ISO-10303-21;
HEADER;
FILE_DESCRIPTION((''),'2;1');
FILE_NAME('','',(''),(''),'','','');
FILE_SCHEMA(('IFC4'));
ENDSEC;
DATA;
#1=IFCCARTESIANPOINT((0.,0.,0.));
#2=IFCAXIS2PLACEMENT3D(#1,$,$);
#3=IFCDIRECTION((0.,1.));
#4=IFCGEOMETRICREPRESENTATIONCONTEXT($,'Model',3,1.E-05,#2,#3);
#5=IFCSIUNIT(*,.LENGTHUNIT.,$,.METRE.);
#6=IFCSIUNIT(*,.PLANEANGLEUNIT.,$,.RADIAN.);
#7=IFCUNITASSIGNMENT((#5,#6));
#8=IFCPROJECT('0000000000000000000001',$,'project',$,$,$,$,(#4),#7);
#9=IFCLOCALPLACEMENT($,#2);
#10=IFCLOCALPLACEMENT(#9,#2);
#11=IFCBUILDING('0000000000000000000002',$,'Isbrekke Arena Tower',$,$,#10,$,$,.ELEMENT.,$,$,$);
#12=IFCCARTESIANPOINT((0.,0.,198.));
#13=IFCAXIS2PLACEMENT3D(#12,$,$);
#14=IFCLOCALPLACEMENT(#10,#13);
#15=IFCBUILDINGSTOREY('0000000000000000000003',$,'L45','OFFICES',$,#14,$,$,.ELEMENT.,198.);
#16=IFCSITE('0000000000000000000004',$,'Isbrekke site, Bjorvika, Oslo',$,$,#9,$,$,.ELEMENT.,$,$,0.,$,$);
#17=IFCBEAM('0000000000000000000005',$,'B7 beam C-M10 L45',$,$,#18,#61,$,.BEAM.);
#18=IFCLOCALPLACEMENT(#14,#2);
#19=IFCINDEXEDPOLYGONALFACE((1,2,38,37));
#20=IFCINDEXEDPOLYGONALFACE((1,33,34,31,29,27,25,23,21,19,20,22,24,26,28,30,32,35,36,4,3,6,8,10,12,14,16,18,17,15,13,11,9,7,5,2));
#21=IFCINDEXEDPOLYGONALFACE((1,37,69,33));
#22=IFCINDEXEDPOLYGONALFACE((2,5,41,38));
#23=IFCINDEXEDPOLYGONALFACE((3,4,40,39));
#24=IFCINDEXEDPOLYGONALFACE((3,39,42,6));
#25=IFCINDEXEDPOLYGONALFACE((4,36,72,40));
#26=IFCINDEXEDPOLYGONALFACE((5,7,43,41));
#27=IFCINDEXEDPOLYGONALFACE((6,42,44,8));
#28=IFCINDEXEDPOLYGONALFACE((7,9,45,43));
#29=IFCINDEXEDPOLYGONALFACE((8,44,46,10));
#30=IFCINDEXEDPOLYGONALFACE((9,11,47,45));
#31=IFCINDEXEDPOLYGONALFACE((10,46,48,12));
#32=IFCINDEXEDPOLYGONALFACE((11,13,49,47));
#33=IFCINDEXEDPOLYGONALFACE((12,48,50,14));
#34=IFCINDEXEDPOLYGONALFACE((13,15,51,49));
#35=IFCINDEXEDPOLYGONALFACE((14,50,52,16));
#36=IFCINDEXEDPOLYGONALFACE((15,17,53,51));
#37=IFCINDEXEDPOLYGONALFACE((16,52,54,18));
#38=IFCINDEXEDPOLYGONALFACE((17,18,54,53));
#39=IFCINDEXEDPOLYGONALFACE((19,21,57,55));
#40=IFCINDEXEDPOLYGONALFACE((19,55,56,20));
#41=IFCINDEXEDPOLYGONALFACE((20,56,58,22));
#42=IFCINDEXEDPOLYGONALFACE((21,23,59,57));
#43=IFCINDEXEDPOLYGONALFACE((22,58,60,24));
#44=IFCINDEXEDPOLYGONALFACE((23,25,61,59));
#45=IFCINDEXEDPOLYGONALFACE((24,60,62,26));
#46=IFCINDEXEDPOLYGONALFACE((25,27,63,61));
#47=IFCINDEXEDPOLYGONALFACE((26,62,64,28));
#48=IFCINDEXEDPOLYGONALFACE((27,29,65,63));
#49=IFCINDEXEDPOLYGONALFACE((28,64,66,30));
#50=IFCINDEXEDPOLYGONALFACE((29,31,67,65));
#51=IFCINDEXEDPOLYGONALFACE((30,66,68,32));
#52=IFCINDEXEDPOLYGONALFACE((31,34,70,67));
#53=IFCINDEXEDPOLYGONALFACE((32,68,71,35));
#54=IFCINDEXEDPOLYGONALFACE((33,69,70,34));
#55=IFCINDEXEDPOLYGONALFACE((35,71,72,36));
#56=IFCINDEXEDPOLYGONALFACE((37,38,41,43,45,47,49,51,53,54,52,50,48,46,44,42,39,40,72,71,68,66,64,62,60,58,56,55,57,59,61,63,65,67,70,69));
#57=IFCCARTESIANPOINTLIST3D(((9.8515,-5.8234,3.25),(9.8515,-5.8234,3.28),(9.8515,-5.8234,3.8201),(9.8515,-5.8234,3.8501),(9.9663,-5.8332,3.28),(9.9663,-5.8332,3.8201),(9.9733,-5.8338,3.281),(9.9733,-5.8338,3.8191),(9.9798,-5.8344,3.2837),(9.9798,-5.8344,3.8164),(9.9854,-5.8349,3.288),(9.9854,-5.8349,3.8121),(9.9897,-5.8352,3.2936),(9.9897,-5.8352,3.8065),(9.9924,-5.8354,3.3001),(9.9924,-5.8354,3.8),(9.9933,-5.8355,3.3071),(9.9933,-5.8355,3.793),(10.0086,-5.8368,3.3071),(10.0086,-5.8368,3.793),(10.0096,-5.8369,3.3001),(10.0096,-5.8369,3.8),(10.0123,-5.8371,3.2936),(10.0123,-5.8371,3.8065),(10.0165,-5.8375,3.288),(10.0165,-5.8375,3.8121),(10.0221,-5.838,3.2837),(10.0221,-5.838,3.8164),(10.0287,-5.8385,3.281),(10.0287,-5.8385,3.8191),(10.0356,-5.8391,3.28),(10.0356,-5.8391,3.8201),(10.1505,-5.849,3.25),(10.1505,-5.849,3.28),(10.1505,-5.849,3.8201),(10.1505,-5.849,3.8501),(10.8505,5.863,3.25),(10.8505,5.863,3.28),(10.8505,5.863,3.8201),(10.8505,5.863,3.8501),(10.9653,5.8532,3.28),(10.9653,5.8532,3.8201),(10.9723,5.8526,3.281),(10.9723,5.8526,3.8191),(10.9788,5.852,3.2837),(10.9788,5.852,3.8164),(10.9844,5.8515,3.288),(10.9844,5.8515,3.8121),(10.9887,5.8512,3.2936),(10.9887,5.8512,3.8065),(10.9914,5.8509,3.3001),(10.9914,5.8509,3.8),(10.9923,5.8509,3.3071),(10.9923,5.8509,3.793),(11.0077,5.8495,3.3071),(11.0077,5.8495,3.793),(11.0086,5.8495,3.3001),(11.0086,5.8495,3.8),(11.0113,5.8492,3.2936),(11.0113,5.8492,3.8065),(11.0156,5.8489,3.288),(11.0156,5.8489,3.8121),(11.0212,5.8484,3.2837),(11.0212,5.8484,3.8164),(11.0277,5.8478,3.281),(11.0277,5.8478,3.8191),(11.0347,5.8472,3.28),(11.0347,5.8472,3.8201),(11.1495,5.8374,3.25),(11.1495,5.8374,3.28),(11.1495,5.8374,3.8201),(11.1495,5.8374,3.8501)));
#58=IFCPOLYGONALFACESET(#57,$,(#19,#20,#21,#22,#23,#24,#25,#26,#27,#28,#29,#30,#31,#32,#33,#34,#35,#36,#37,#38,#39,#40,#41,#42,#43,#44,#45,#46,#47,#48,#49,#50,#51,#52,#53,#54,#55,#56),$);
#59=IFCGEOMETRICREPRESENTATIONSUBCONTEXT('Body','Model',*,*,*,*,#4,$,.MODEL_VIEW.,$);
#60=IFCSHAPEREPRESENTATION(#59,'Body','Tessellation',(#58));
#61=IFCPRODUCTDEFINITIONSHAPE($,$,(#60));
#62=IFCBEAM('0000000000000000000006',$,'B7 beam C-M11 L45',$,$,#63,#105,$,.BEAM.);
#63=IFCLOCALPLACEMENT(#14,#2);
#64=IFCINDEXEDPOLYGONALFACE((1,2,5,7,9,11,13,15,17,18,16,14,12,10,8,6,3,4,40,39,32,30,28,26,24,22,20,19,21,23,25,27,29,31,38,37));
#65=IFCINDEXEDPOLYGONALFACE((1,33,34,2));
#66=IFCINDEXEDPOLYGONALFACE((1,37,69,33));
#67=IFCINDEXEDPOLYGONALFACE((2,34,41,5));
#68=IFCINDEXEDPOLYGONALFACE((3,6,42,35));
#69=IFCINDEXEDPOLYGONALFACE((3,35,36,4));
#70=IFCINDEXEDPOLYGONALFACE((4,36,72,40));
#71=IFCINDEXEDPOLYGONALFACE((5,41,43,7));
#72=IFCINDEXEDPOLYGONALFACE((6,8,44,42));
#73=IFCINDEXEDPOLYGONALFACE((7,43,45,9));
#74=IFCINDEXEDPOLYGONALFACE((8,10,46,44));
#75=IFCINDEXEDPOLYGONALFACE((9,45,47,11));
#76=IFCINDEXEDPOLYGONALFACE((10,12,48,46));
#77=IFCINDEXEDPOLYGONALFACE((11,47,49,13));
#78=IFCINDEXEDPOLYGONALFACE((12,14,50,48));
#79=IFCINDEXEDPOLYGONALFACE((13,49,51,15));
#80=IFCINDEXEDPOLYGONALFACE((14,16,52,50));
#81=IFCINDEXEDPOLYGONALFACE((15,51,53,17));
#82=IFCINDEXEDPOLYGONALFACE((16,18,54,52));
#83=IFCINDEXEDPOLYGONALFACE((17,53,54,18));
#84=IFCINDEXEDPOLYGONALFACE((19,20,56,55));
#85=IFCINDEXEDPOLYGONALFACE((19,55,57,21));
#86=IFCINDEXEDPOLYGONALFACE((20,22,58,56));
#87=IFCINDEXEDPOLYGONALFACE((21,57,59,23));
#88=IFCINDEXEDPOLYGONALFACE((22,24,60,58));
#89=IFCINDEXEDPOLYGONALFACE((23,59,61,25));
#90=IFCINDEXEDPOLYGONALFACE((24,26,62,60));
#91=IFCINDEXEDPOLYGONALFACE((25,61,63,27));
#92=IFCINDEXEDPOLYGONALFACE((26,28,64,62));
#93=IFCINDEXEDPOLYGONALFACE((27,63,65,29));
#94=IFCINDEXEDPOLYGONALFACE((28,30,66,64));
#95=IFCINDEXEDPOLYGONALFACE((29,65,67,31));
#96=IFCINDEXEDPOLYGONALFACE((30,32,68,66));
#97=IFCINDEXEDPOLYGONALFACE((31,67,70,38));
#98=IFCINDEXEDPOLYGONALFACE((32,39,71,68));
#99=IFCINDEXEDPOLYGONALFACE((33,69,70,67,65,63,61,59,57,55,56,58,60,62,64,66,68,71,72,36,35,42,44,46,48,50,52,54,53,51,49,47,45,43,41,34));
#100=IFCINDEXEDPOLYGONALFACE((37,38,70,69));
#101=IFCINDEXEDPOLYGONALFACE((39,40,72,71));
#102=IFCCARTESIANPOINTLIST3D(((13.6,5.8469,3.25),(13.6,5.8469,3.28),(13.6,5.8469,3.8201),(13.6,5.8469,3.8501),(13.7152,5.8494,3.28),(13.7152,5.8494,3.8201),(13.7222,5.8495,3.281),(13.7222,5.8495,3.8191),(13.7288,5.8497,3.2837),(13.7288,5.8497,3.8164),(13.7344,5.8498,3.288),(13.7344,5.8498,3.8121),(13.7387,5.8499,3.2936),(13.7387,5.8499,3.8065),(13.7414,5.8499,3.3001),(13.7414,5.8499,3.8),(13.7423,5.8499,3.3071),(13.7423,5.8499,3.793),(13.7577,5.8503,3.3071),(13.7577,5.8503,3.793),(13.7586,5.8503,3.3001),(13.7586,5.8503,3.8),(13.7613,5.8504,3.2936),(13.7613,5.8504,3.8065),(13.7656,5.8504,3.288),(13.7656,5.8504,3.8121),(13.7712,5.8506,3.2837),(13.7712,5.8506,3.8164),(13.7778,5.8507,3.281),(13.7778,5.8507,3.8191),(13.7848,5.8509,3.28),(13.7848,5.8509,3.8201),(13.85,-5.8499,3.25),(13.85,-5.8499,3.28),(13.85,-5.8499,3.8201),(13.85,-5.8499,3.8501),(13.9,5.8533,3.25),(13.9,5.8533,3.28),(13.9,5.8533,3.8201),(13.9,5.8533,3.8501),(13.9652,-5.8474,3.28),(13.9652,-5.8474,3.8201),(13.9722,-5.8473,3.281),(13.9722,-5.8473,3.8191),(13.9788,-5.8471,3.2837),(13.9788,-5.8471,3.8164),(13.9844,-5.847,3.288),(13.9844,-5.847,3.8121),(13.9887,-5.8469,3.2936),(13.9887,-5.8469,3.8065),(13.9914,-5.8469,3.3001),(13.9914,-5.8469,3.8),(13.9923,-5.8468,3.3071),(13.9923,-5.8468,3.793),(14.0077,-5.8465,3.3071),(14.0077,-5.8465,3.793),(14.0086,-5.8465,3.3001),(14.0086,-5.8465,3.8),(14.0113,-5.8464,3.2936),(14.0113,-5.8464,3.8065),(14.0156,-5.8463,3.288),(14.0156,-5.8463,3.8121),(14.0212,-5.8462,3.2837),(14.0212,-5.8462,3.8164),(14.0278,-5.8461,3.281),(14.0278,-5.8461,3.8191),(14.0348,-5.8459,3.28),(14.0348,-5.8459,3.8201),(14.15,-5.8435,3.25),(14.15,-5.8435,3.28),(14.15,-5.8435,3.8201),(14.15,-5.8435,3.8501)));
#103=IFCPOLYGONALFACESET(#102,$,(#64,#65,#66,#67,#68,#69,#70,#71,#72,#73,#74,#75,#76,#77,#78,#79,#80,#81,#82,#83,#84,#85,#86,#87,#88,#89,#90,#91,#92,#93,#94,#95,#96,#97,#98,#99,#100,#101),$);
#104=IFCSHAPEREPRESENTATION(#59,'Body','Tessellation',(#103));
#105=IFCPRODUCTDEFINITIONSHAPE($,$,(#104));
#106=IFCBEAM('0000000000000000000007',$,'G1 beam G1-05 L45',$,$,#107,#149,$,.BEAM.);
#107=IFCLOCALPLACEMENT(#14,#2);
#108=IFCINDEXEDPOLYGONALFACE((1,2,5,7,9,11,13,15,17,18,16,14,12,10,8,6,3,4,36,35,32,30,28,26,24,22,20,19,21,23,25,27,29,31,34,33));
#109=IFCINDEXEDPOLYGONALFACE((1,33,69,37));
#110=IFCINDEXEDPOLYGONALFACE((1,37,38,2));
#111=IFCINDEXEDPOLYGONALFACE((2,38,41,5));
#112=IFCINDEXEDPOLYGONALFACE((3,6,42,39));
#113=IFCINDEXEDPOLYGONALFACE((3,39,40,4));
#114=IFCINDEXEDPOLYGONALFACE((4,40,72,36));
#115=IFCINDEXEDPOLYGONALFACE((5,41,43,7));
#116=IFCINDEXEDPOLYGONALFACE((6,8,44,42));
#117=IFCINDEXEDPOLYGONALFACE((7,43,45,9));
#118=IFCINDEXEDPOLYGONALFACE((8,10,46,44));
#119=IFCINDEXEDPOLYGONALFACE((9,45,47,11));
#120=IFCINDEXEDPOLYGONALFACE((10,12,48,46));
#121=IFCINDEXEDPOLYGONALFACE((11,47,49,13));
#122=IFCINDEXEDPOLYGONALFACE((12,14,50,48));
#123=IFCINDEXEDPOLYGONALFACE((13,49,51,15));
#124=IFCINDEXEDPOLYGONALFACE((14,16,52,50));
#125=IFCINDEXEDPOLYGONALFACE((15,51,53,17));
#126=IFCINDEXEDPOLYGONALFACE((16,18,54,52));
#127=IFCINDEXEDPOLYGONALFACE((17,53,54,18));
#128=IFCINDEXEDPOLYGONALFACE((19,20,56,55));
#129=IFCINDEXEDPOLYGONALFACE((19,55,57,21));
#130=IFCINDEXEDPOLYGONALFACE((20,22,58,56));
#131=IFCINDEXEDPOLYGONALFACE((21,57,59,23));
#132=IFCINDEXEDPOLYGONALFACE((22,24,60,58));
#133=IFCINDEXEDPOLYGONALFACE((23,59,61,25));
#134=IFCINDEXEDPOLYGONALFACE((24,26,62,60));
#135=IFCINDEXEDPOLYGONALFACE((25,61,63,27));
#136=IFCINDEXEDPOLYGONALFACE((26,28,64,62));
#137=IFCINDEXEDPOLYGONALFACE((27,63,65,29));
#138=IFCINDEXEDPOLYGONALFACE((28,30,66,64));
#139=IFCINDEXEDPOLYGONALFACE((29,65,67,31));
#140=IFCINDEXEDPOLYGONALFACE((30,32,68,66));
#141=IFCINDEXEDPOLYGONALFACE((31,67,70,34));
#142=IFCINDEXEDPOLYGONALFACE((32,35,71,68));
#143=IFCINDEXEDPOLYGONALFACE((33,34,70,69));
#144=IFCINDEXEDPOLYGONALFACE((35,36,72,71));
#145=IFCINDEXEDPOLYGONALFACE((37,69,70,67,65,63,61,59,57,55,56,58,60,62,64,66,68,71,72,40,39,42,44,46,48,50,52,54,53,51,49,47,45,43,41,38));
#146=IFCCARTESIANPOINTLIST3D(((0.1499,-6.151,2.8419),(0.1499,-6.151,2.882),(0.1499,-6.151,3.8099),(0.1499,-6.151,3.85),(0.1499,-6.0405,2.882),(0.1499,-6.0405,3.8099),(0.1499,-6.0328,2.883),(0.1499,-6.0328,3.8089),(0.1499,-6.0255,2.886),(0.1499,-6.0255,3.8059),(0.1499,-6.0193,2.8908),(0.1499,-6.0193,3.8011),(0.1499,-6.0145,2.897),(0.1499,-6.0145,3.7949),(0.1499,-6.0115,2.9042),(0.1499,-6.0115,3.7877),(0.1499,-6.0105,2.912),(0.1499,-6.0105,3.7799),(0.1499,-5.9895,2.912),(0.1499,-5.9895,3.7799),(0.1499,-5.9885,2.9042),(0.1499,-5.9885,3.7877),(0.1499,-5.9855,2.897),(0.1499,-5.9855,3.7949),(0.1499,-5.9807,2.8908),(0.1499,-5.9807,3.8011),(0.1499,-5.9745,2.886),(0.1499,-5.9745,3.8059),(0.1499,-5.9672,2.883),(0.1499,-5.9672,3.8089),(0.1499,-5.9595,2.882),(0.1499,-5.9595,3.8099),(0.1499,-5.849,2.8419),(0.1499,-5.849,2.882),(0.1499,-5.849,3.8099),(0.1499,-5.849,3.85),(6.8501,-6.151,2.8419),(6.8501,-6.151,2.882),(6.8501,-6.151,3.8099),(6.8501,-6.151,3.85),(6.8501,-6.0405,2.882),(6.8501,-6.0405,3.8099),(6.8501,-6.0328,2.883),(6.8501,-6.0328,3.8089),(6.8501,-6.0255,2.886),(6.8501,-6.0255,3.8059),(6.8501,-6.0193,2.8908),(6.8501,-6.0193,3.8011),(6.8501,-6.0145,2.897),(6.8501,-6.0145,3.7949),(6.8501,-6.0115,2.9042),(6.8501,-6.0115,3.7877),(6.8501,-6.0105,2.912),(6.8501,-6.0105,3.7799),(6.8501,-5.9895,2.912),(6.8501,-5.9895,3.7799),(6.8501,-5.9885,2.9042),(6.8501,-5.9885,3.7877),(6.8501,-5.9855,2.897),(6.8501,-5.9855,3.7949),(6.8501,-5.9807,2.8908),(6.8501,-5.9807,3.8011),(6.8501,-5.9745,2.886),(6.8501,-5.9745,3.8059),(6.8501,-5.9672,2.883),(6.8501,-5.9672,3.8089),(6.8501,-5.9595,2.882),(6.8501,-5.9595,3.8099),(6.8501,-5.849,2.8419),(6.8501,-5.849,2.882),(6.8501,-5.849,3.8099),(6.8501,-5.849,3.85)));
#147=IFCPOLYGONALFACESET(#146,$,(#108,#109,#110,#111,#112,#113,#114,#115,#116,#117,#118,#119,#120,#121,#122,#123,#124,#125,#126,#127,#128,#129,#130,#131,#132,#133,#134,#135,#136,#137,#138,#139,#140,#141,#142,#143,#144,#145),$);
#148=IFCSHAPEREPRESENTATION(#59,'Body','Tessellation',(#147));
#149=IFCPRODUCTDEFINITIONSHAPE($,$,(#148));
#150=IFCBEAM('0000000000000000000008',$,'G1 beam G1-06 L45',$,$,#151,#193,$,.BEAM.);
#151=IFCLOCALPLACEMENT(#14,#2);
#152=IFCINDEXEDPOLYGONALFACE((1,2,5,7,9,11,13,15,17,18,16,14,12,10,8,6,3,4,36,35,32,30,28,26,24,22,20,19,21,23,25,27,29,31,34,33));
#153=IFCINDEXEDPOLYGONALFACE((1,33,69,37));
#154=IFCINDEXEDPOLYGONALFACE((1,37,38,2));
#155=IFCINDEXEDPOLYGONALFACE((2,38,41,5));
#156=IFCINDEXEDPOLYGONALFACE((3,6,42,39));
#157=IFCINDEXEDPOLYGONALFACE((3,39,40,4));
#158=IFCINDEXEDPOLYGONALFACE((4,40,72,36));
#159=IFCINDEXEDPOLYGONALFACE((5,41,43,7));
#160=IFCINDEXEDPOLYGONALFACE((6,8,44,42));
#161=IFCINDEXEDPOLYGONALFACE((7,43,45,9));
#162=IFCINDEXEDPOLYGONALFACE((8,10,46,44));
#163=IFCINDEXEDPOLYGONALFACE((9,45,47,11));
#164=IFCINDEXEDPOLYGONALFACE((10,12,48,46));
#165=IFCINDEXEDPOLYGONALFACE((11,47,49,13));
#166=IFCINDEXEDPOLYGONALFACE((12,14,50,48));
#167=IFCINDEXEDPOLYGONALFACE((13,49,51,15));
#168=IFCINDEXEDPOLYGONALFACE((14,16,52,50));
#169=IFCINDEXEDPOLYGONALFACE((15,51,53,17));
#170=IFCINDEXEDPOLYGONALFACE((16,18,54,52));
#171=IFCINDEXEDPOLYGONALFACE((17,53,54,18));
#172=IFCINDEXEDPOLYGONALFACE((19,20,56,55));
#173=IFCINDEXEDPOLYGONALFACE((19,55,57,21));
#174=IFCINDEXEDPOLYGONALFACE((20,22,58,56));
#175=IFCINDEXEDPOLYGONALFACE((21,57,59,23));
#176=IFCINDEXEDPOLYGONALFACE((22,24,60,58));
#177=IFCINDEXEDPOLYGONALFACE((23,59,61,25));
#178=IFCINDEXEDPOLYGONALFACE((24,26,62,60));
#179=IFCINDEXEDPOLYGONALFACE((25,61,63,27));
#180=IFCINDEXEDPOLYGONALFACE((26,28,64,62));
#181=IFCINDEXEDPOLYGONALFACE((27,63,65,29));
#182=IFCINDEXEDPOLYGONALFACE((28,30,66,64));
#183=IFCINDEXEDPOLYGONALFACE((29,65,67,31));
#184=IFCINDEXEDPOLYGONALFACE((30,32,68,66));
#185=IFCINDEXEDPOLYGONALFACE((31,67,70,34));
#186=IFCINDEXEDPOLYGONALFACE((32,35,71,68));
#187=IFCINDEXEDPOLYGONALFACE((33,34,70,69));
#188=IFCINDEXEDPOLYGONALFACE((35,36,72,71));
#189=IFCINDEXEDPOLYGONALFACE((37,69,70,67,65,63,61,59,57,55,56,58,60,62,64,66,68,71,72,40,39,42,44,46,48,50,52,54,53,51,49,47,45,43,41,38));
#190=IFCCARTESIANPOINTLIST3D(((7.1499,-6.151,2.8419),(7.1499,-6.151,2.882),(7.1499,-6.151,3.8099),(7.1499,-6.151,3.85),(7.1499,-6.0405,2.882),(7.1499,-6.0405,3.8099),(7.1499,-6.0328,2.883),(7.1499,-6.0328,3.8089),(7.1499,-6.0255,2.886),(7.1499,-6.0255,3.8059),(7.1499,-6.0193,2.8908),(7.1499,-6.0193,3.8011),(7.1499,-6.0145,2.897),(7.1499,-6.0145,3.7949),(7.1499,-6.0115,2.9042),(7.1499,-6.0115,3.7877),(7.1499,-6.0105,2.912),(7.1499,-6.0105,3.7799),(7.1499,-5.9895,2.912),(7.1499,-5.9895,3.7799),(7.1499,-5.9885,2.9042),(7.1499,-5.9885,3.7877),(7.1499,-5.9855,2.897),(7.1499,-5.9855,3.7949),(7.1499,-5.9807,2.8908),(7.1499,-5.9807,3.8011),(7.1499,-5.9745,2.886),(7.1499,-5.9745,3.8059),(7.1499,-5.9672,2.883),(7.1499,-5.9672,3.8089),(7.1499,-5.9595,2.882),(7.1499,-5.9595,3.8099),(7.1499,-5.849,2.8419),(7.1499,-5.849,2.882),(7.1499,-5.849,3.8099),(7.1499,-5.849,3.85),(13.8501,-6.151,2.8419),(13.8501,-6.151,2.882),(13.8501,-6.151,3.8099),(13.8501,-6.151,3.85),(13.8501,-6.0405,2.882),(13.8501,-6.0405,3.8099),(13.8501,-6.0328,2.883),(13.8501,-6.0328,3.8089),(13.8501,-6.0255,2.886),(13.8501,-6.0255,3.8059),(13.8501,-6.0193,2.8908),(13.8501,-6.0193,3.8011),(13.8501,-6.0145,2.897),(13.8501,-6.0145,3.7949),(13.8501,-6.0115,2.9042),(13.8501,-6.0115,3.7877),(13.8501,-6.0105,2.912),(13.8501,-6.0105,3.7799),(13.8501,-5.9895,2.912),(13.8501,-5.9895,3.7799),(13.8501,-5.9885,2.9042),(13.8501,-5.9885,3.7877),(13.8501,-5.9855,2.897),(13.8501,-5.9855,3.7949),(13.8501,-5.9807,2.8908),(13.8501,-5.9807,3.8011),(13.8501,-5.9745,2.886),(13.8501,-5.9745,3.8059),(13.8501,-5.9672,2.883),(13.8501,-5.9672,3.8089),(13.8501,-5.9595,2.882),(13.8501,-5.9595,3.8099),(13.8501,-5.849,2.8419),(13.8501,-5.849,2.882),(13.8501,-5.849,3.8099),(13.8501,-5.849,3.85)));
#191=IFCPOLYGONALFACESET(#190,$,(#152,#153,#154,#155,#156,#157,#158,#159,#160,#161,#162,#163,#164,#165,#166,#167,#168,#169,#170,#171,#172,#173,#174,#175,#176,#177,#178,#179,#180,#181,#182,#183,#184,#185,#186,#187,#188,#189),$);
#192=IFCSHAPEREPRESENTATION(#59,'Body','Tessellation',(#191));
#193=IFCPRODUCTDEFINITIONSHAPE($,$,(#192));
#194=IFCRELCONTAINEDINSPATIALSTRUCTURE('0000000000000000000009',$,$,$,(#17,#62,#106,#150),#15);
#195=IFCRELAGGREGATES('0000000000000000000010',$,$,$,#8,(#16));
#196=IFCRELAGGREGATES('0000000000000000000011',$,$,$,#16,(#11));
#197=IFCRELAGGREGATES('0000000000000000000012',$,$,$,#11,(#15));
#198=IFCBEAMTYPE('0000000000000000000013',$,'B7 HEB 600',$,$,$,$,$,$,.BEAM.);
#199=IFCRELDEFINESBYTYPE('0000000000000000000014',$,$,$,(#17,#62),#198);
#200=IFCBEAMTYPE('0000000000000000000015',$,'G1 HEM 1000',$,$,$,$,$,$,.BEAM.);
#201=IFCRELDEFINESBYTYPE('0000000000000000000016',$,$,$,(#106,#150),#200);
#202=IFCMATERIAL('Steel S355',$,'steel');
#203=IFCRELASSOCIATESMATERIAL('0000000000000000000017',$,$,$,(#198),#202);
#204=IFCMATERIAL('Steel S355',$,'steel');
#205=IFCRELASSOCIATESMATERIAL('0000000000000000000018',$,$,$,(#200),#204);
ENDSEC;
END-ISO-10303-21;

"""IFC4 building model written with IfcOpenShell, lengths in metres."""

from ifc_helpers import new_model, si_unit, direction, frame, origin, origin_2d, place, context, subcontext, project, spatial, i_section, extrude, material, material_profile, profile_set, type_object, element, save


model = new_model("IFC4")

# Units and contexts
model_context = context("Model", 3, precision=1e-05, world=origin(), true_north=direction((0.0, 1.0)))
body_context = subcontext(model_context, "Body", "Model", "MODEL_VIEW")
ifc_project = project(units=[si_unit("LENGTHUNIT", "METRE"), si_unit("PLANEANGLEUNIT", "RADIAN")], contexts=[model_context])

# Site, building, storey
site_placement = place(None, origin())
site = spatial("IfcSite", under=ifc_project, at=site_placement, Name="Isbrekke site, Bjorvika, Oslo", CompositionType="ELEMENT", RefElevation=0.0)
building_placement = place(site_placement, origin())
building = spatial("IfcBuilding", under=site, at=building_placement, Name="Isbrekke Arena Tower", CompositionType="ELEMENT")
storey_placement = place(building_placement, frame((0.0, 0.0, 198.0)))
storey = spatial("IfcBuildingStorey", under=building, at=storey_placement, Name="L45", Description="OFFICES", CompositionType="ELEMENT", Elevation=198.0)

# Beams
ifc_material_1 = material(Name="Steel S355", Category="steel")
ifc_material_profile_1 = material_profile(ifc_material_1, i_section(OverallWidth=0.3, OverallDepth=0.6001, WebThickness=0.0154, FlangeThickness=0.03, FilletRadius=0.0271, at=origin_2d()), Name="HEB 600")
ifc_profile_set_1 = profile_set([ifc_material_profile_1], Name="Steel S355")
beam_type_1 = type_object("IfcBeamType", Name="B7 HEB 600", PredefinedType="BEAM", material=ifc_profile_set_1)
beam_1_placement = place(storey_placement, frame((10.001, -5.8362, 3.55), z_axis=(0.085176, 0.996366, 0.0), x_axis=(-0.996366, 0.085176, 0.0)))
element("IfcBeam", 1, at=beam_1_placement, inside=storey, type_object=beam_type_1, Name="B7 beam C-M10 L45", PredefinedType="BEAM", context=body_context, shape_type="SweptSolid", body=[
    extrude(i_section(OverallWidth=0.3, OverallDepth=0.6001, WebThickness=0.0154, FlangeThickness=0.03, FilletRadius=0.0271, at=origin_2d()), origin(), (0.0, 0.0, 1.0), 11.729),
])
beam_2_placement = place(storey_placement, frame((14.0, -5.8467, 3.55), z_axis=(-0.021369, 0.999772, 0.0), x_axis=(-0.999772, -0.021369, 0.0)))
element("IfcBeam", 2, at=beam_2_placement, inside=storey, type_object=beam_type_1, Name="B7 beam C-M11 L45", PredefinedType="BEAM", context=body_context, shape_type="SweptSolid", body=[
    extrude(i_section(OverallWidth=0.3, OverallDepth=0.6001, WebThickness=0.0154, FlangeThickness=0.03, FilletRadius=0.0271, at=origin_2d()), origin(), (0.0, 0.0, 1.0), 11.6995),
])
ifc_material_2 = material(Name="Steel S355", Category="steel")
ifc_material_profile_2 = material_profile(ifc_material_2, i_section(OverallWidth=0.302, OverallDepth=1.0081, WebThickness=0.021, FlangeThickness=0.04, FilletRadius=0.03, at=origin_2d()), Name="HEM 1000")
ifc_profile_set_2 = profile_set([ifc_material_profile_2], Name="Steel S355")
beam_type_2 = type_object("IfcBeamType", Name="G1 HEM 1000", PredefinedType="BEAM", material=ifc_profile_set_2)
for number, where, z_axis, x_axis, name in (
    (3, (0.1499, -6.0, 3.3459), (1.0, 0.0, 0.0), (0.0, 1.0, 0.0), "G1 beam G1-05 L45"),
    (4, (7.1499, -6.0, 3.3459), (1.0, 0.0, 0.0), (0.0, 1.0, 0.0), "G1 beam G1-06 L45"),
):
    element("IfcBeam", number, at=place(storey_placement, frame(where, z_axis=z_axis, x_axis=x_axis)), inside=storey, type_object=beam_type_2, Name=name, PredefinedType="BEAM", context=body_context, shape_type="SweptSolid", body=[
        extrude(i_section(OverallWidth=0.302, OverallDepth=1.0081, WebThickness=0.021, FlangeThickness=0.04, FilletRadius=0.03, at=origin_2d()), origin(), (0.0, 0.0, 1.0), 6.7002),
    ])

save(model, "model.ifc")
